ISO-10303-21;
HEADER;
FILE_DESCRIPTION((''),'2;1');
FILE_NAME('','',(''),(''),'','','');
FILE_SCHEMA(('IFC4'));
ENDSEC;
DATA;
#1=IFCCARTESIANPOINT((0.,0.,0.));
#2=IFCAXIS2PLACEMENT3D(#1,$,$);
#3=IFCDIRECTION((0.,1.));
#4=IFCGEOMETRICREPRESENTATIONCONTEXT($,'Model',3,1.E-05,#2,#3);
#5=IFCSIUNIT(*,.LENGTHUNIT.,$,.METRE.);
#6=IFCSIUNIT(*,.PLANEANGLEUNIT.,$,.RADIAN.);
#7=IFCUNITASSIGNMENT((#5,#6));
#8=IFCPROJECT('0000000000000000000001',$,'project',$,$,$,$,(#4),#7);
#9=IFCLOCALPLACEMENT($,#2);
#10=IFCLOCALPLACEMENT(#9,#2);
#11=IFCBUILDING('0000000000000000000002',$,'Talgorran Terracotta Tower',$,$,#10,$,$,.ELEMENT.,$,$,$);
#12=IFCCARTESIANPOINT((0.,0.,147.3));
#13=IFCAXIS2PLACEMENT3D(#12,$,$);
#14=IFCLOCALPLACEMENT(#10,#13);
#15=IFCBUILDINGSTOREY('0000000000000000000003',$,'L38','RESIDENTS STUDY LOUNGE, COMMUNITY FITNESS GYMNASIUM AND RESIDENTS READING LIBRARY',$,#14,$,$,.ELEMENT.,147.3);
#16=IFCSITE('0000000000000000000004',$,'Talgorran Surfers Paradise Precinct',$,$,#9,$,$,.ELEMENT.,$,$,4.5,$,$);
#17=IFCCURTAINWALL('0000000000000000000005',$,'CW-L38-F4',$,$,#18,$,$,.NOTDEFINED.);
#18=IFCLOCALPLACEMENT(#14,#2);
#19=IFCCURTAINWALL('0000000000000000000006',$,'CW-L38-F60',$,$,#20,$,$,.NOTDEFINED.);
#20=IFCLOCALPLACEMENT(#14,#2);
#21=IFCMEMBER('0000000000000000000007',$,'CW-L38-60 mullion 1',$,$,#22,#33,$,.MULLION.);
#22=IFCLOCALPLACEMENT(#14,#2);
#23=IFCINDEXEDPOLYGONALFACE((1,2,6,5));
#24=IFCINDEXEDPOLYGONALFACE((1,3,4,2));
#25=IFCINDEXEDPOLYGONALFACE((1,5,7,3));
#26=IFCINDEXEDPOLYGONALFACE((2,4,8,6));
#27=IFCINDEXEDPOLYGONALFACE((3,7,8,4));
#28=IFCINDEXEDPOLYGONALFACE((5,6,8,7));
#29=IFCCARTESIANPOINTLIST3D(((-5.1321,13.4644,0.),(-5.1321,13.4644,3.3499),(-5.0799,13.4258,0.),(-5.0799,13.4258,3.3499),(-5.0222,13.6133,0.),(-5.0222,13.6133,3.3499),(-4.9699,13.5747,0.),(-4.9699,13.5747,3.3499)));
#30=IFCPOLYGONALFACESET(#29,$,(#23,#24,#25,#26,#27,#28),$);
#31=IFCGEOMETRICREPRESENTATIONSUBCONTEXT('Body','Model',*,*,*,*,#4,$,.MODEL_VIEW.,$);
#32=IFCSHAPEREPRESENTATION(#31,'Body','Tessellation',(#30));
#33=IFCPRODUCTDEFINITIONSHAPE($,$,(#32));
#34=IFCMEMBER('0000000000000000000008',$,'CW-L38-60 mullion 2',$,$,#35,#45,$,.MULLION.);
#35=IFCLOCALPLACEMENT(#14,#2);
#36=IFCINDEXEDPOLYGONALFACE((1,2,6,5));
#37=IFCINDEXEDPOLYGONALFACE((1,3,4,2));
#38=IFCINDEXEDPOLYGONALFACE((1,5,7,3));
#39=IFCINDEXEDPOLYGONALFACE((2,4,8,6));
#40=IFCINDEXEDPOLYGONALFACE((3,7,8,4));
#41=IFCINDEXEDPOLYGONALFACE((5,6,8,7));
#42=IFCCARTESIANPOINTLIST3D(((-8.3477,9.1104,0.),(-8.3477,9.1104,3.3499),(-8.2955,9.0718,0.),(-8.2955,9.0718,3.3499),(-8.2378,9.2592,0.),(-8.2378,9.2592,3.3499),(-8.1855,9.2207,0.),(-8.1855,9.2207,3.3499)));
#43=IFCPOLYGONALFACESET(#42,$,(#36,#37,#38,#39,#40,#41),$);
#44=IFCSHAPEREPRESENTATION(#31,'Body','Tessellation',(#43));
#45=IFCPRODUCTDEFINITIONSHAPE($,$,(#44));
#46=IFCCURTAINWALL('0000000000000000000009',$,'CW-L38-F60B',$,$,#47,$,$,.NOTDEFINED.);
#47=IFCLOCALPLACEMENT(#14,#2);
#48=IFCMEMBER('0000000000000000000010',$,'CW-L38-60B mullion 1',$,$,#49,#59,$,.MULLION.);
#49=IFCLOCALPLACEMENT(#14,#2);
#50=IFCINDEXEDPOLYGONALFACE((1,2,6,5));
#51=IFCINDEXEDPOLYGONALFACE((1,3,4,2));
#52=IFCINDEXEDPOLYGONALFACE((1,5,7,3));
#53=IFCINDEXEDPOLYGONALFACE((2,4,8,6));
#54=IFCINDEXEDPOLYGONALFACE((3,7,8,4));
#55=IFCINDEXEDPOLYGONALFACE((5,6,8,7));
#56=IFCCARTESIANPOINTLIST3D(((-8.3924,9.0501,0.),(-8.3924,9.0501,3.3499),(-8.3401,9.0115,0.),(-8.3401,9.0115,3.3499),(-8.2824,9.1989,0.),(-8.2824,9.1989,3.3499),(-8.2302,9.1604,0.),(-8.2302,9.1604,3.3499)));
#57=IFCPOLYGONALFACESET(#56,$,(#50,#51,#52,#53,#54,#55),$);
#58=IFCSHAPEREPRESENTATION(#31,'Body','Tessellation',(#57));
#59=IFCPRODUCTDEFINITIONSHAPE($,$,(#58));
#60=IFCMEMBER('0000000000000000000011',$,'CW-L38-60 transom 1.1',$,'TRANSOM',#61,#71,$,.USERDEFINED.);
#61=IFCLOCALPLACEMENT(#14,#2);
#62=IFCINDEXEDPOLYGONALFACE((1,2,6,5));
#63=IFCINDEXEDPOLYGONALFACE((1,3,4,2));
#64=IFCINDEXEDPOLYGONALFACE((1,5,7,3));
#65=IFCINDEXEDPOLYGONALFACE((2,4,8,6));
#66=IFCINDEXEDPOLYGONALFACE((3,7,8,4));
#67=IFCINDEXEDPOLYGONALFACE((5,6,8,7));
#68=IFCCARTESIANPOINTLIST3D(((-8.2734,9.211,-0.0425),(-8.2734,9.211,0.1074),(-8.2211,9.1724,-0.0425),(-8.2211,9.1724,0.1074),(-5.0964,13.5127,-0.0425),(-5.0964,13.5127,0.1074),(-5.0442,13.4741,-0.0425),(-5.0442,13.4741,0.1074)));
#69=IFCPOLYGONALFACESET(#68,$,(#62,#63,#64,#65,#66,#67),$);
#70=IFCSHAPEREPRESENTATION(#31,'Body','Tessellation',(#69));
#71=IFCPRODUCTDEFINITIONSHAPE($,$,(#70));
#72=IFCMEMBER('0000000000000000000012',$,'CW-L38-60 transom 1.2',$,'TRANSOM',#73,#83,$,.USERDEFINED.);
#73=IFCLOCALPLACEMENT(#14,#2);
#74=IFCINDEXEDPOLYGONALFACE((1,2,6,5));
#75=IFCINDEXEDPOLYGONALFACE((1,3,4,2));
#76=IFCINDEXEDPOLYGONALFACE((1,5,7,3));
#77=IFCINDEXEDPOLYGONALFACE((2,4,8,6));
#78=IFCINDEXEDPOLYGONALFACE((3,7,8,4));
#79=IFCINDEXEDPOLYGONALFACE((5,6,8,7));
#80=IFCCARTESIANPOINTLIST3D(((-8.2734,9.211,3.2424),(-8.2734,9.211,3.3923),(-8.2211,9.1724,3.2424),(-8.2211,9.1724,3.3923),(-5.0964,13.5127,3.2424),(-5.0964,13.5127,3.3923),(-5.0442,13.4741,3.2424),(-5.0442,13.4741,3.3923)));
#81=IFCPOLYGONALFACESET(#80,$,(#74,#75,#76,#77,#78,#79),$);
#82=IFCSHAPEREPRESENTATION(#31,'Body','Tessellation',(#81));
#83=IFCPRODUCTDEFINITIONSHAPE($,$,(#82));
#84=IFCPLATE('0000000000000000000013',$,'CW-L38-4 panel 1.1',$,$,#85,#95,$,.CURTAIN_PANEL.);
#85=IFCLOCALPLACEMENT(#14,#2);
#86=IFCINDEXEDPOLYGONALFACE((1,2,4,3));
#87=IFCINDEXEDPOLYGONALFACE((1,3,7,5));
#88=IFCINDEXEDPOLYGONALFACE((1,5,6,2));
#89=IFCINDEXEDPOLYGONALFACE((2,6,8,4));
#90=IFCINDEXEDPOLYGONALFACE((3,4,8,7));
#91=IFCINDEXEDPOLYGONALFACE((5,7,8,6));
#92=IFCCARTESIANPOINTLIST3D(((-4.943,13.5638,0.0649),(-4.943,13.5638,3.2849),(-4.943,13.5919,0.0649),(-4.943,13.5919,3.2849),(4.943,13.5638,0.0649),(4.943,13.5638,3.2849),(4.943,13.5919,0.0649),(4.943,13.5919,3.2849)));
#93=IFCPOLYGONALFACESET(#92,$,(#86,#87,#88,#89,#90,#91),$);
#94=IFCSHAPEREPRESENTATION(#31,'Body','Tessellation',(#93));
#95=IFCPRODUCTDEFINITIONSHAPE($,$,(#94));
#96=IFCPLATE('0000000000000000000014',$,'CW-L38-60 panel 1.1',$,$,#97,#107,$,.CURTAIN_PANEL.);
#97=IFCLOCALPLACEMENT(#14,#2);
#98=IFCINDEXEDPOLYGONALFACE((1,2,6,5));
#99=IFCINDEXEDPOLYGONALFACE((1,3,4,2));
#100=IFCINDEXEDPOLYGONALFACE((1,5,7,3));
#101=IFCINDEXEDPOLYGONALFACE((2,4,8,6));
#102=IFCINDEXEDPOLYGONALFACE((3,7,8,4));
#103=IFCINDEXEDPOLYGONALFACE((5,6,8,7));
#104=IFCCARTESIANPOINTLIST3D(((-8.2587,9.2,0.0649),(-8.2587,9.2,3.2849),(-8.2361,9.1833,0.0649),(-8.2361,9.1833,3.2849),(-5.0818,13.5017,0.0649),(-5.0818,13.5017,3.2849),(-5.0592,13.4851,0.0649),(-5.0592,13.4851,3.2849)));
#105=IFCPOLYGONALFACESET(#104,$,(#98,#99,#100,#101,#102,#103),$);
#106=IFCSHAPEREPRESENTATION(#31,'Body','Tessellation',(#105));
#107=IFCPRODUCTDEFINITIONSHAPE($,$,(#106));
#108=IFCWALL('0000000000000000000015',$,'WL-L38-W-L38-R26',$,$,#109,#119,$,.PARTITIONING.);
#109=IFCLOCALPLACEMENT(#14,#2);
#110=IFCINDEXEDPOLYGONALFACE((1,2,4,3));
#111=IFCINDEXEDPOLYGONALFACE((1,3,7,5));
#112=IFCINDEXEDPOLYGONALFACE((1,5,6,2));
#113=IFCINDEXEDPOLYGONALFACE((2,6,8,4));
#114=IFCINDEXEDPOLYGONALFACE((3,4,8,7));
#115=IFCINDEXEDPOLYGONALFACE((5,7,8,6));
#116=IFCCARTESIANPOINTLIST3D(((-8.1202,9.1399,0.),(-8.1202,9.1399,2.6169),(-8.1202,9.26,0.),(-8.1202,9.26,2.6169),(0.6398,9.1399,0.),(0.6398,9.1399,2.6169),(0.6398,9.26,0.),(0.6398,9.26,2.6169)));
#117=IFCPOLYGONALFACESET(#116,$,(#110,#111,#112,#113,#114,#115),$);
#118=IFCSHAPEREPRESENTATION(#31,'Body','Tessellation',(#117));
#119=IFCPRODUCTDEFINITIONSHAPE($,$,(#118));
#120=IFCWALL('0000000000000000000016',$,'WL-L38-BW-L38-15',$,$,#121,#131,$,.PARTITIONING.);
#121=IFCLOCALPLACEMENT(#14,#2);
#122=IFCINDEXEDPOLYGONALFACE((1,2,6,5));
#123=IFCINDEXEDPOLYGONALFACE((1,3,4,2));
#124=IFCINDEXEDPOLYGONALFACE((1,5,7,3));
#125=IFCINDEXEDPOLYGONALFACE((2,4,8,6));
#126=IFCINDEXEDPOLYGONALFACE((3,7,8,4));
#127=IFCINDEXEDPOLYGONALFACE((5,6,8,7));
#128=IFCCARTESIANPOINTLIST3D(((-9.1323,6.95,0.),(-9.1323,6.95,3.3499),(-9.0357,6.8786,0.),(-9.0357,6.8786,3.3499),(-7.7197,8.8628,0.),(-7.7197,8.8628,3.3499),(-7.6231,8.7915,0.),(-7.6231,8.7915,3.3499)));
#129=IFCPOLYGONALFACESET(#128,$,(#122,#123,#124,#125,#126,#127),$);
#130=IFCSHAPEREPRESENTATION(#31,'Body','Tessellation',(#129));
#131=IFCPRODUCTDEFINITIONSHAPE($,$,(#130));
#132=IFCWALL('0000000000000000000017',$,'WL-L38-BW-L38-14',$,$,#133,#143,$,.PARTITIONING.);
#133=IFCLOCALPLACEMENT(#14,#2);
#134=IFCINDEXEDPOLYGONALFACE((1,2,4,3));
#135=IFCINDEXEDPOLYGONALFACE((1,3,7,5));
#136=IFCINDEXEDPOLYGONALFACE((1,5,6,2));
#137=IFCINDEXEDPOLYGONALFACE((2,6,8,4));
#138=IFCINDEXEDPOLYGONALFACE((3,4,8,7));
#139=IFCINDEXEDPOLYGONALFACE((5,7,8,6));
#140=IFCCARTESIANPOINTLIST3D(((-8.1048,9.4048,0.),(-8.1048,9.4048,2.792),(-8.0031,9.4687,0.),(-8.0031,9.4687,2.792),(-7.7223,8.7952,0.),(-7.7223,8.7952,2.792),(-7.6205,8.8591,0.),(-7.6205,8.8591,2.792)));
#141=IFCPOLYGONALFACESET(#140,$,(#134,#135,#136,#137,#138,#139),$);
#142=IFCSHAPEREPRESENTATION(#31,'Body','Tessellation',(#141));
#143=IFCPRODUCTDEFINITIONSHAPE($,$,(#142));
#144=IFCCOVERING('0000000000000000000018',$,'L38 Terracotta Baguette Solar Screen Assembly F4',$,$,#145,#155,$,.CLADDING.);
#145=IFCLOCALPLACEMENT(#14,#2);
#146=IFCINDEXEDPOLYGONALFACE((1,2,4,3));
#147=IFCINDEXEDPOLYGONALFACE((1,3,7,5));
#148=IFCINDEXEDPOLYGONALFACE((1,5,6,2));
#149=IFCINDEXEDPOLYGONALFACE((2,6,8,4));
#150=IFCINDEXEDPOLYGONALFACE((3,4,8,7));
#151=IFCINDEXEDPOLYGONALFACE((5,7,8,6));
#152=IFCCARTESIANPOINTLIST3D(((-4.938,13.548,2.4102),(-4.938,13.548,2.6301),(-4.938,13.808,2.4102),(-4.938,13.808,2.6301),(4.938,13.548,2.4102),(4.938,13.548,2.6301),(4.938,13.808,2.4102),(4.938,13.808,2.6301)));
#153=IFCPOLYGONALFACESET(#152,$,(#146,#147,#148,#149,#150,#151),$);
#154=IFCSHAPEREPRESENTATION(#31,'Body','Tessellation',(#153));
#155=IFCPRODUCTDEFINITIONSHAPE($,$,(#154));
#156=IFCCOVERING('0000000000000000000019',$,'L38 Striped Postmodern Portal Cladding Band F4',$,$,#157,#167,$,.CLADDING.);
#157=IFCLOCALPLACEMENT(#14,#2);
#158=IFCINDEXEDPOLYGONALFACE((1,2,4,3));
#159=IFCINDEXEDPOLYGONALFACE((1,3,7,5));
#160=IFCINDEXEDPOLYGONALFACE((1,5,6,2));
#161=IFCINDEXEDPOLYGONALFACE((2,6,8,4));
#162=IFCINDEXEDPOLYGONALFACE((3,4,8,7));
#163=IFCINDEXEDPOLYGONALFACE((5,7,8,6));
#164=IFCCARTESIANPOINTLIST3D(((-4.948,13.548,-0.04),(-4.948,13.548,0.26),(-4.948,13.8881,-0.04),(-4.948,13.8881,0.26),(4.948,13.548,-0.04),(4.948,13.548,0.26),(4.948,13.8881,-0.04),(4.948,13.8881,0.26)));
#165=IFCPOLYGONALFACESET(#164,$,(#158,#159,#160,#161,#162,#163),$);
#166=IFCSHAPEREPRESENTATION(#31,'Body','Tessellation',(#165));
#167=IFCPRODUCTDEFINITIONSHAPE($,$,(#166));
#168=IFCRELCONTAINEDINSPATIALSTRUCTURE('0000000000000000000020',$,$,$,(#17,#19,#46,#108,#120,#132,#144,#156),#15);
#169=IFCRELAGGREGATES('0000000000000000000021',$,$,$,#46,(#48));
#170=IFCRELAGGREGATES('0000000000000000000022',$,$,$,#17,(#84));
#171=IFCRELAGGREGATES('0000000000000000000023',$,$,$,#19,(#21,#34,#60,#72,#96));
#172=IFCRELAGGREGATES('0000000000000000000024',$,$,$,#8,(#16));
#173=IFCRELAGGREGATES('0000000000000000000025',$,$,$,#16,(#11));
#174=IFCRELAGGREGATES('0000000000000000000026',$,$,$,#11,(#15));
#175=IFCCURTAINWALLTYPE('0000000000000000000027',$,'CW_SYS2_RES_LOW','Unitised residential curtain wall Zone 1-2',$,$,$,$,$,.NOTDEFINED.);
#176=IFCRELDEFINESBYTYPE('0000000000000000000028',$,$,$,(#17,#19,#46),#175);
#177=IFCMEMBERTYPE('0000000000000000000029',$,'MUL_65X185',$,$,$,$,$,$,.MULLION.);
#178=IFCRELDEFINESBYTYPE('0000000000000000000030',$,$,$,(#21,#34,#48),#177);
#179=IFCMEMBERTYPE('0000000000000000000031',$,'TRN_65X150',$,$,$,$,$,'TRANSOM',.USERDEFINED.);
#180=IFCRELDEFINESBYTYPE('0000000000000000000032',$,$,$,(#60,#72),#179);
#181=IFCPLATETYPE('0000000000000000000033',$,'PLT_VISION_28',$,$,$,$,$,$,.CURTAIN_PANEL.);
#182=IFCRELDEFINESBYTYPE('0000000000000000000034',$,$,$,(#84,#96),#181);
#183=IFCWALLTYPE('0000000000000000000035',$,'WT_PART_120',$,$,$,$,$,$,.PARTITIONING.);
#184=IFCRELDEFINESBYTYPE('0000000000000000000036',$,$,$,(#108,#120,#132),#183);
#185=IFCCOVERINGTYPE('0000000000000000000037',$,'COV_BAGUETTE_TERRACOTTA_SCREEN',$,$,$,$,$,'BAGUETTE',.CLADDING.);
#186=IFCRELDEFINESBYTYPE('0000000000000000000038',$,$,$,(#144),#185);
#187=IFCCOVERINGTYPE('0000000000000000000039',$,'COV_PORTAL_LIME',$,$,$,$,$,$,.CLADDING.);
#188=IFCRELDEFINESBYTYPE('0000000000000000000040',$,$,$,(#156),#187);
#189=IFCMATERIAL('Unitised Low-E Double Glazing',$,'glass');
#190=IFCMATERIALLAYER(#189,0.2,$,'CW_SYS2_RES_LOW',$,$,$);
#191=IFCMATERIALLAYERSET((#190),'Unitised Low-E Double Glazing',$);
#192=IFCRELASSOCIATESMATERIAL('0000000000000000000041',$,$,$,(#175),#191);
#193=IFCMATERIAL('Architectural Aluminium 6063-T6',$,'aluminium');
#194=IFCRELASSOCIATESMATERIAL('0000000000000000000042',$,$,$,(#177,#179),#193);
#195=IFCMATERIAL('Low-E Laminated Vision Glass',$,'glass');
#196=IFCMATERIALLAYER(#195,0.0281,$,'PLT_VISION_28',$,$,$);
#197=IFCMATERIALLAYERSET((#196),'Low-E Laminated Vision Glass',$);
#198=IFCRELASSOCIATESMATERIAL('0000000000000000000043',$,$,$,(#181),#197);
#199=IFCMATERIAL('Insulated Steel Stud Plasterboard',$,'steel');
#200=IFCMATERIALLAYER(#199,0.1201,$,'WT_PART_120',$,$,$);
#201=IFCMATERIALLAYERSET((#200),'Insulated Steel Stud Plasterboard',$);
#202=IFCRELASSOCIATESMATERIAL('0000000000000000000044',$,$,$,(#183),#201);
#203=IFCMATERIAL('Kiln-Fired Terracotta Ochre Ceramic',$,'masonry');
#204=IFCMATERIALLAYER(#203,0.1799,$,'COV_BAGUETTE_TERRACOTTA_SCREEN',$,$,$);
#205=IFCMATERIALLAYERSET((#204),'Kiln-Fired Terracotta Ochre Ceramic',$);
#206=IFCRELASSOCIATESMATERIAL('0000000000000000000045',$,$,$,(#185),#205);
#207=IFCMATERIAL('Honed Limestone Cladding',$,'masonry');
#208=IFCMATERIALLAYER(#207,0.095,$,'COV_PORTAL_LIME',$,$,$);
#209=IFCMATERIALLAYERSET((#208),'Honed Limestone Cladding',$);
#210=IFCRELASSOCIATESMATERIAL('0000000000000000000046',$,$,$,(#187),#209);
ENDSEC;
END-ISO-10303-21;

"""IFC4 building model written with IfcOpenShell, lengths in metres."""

from ifc_helpers import new_model, si_unit, direction, frame, frame_2d, origin, origin_2d, place, context, subcontext, project, spatial, rectangle, extrude, source, transform, mapped, material, layer, layer_set, material_profile, profile_set, type_object, type_shapes, element, aggregate, save


model = new_model("IFC4")

# Units and contexts
model_context = context("Model", 3, precision=1e-05, world=origin(), true_north=direction((0.0, 1.0)))
body_context = subcontext(model_context, "Body", "Model", "MODEL_VIEW")
ifc_project = project(units=[si_unit("LENGTHUNIT", "METRE"), si_unit("PLANEANGLEUNIT", "RADIAN")], contexts=[model_context])

# Site, building, storey
site_placement = place(None, origin())
site = spatial("IfcSite", under=ifc_project, at=site_placement, Name="Talgorran Surfers Paradise Precinct", CompositionType="ELEMENT", RefElevation=4.5)
building_placement = place(site_placement, origin())
building = spatial("IfcBuilding", under=site, at=building_placement, Name="Talgorran Terracotta Tower", CompositionType="ELEMENT")
storey_placement = place(building_placement, frame((0.0, 0.0, 147.3)))
storey = spatial("IfcBuildingStorey", under=building, at=storey_placement, Name="L38", Description="RESIDENTS STUDY LOUNGE, COMMUNITY FITNESS GYMNASIUM AND RESIDENTS READING LIBRARY", CompositionType="ELEMENT", Elevation=147.3)

# Curtain wall
ifc_material_1 = material(Name="Unitised Low-E Double Glazing", Category="glass")
ifc_layer_1 = layer(ifc_material_1, 0.2, Name="CW_SYS2_RES_LOW")
ifc_layer_set_1 = layer_set([ifc_layer_1], Name="Unitised Low-E Double Glazing")
curtain_wall_type = type_object("IfcCurtainWallType", Name="CW_SYS2_RES_LOW", Description="Unitised residential curtain wall Zone 1-2", PredefinedType="NOTDEFINED", material=ifc_layer_set_1)
curtain_wall_1_placement = place(storey_placement, origin())
curtain_wall_1 = element("IfcCurtainWall", 1, at=curtain_wall_1_placement, inside=storey, type_object=curtain_wall_type, Name="CW-L38-F4", PredefinedType="NOTDEFINED")
ifc_material_2 = material(Name="Architectural Aluminium 6063-T6", Category="aluminium")
ifc_material_profile_1 = material_profile(ifc_material_2, rectangle(XDim=0.0649, YDim=0.1851, at=origin_2d()), Name="CWM65X185")
ifc_profile_set_1 = profile_set([ifc_material_profile_1], Name="Architectural Aluminium 6063-T6")
member_type_1 = type_object("IfcMemberType", Name="MUL_65X185", PredefinedType="MULLION", material=ifc_profile_set_1)

# Curtain wall, members
curtain_wall_2_placement = place(storey_placement, origin())
curtain_wall_2 = element("IfcCurtainWall", 2, at=curtain_wall_2_placement, inside=storey, type_object=curtain_wall_type, Name="CW-L38-F60", PredefinedType="NOTDEFINED")
member_1_placement = place(storey_placement, frame((-5.051, 13.5195, 0.0), z_axis=(0.0, 0.0, 1.0), x_axis=(0.804414, -0.594069, 0.0)))
member_1 = element("IfcMember", 3, at=member_1_placement, type_object=member_type_1, Name="CW-L38-60 mullion 1", PredefinedType="MULLION", context=body_context, shape_type="SweptSolid", body=[
    extrude(rectangle(XDim=0.0649, YDim=0.1851, at=origin_2d()), origin(), (0.0, 0.0, 1.0), 3.3499),
])
member_2_placement = place(storey_placement, frame((-8.2666, 9.1655, 0.0), z_axis=(0.0, 0.0, 1.0), x_axis=(0.804414, -0.594069, 0.0)))
member_2 = element("IfcMember", 4, at=member_2_placement, type_object=member_type_1, Name="CW-L38-60 mullion 2", PredefinedType="MULLION", context=body_context, shape_type="SweptSolid", body=[
    extrude(rectangle(XDim=0.0649, YDim=0.1851, at=origin_2d()), origin(), (0.0, 0.0, 1.0), 3.3499),
])

# Curtain wall, member
curtain_wall_3_placement = place(storey_placement, origin())
curtain_wall_3 = element("IfcCurtainWall", 5, at=curtain_wall_3_placement, inside=storey, type_object=curtain_wall_type, Name="CW-L38-F60B", PredefinedType="NOTDEFINED")
member_3_placement = place(storey_placement, frame((-8.3113, 9.1052, 0.0), z_axis=(0.0, 0.0, 1.0), x_axis=(0.804439, -0.594035, 0.0)))
member_3 = element("IfcMember", 6, at=member_3_placement, type_object=member_type_1, Name="CW-L38-60B mullion 1", PredefinedType="MULLION", context=body_context, shape_type="SweptSolid", body=[
    extrude(rectangle(XDim=0.0649, YDim=0.1851, at=origin_2d()), origin(), (0.0, 0.0, 1.0), 3.3499),
])
aggregate(curtain_wall_3, [member_3])

# Members
ifc_material_profile_2 = material_profile(ifc_material_2, rectangle(XDim=0.0649, YDim=0.1499, at=origin_2d()), Name="CWT65X150")
ifc_profile_set_2 = profile_set([ifc_material_profile_2], Name="Architectural Aluminium 6063-T6")
member_type_2 = type_object("IfcMemberType", Name="TRN_65X150", ElementType="TRANSOM", PredefinedType="USERDEFINED", material=ifc_profile_set_2)
member_4_placement = place(storey_placement, frame((-5.0703, 13.4934, 0.0325), z_axis=(-0.594082, -0.804405, 0.0), x_axis=(0.804405, -0.594082, 0.0)))
member_4 = element("IfcMember", 7, at=member_4_placement, type_object=member_type_2, Name="CW-L38-60 transom 1.1", ObjectType="TRANSOM", PredefinedType="USERDEFINED", context=body_context, shape_type="SweptSolid", body=[
    extrude(rectangle(XDim=0.0649, YDim=0.1499, at=origin_2d()), origin(), (0.0, 0.0, 1.0), 5.3477),
])
member_5_placement = place(storey_placement, frame((-5.0703, 13.4934, 3.3174), z_axis=(-0.594082, -0.804405, 0.0), x_axis=(0.804405, -0.594082, 0.0)))
member_5 = element("IfcMember", 8, at=member_5_placement, type_object=member_type_2, Name="CW-L38-60 transom 1.2", ObjectType="TRANSOM", PredefinedType="USERDEFINED", context=body_context, shape_type="SweptSolid", body=[
    extrude(rectangle(XDim=0.0649, YDim=0.1499, at=origin_2d()), origin(), (0.0, 0.0, 1.0), 5.3477),
])

# Plates
ifc_material_3 = material(Name="Low-E Laminated Vision Glass", Category="glass")
ifc_layer_2 = layer(ifc_material_3, 0.0281, Name="PLT_VISION_28")
ifc_layer_set_2 = layer_set([ifc_layer_2], Name="Low-E Laminated Vision Glass")
plate_type = type_object("IfcPlateType", Name="PLT_VISION_28", PredefinedType="CURTAIN_PANEL", material=ifc_layer_set_2)
shared_shape_1 = source(origin(), body_context, "Body", "SweptSolid", [
    extrude(rectangle(XDim=9.886, YDim=0.0281, at=origin_2d()), origin(), (0.0, 0.0, 1.0), 3.22),
])
plate_1_placement = place(storey_placement, frame((0.0, 13.5779, 0.0649), z_axis=(0.0, 0.0, 1.0), x_axis=(-1.0, 0.0, 0.0)))
plate_1 = element("IfcPlate", 9, at=plate_1_placement, type_object=plate_type, Name="CW-L38-4 panel 1.1", PredefinedType="CURTAIN_PANEL", context=body_context, shape_type="MappedRepresentation", body=[
    mapped(shared_shape_1, transform((0.0, 0.0, 0.0), scale=1.0)),
])
aggregate(curtain_wall_1, [plate_1])
shared_shape_2 = source(origin(), body_context, "Body", "SweptSolid", [
    extrude(rectangle(XDim=5.3477, YDim=0.0281, at=origin_2d()), origin(), (0.0, 0.0, 1.0), 3.22),
])
type_shapes(plate_type, [shared_shape_1, shared_shape_2])
plate_2_placement = place(storey_placement, frame((-6.6589, 11.3425, 0.0649), z_axis=(0.0, 0.0, 1.0), x_axis=(-0.594069, -0.804414, 0.0)))
plate_2 = element("IfcPlate", 10, at=plate_2_placement, type_object=plate_type, Name="CW-L38-60 panel 1.1", PredefinedType="CURTAIN_PANEL", context=body_context, shape_type="MappedRepresentation", body=[
    mapped(shared_shape_2, transform((0.0, 0.0, 0.0), scale=1.0)),
])
aggregate(curtain_wall_2, [member_1, member_2, member_4, member_5, plate_2])

# Walls
ifc_material_4 = material(Name="Insulated Steel Stud Plasterboard", Category="steel")
ifc_layer_3 = layer(ifc_material_4, 0.1201, Name="WT_PART_120")
ifc_layer_set_3 = layer_set([ifc_layer_3], Name="Insulated Steel Stud Plasterboard")
wall_type = type_object("IfcWallType", Name="WT_PART_120", PredefinedType="PARTITIONING", material=ifc_layer_set_3)
wall_1_placement = place(storey_placement, frame((-8.1201, 9.2, 0.0), z_axis=(0.0, 0.0, 1.0), x_axis=(1.0, 0.0, 0.0)))
element("IfcWall", 11, at=wall_1_placement, inside=storey, type_object=wall_type, Name="WL-L38-W-L38-R26", PredefinedType="PARTITIONING", context=body_context, shape_type="SweptSolid", body=[
    extrude(rectangle(XDim=8.76, YDim=0.1201, at=frame_2d((4.3799, 0.0))), origin(), (0.0, 0.0, 1.0), 2.6169),
])
wall_2_placement = place(storey_placement, frame((-7.6714, 8.8271, 0.0), z_axis=(0.0, 0.0, 1.0), x_axis=(-0.594053, -0.804426, 0.0)))
element("IfcWall", 12, at=wall_2_placement, inside=storey, type_object=wall_type, Name="WL-L38-BW-L38-15", PredefinedType="PARTITIONING", context=body_context, shape_type="SweptSolid", body=[
    extrude(rectangle(XDim=2.3779, YDim=0.1201, at=frame_2d((1.189, 0.0))), origin(), (0.0, 0.0, 1.0), 3.3499),
])
wall_3_placement = place(storey_placement, frame((-8.054, 9.4368, 0.0), z_axis=(0.0, 0.0, 1.0), x_axis=(0.531553, -0.847025, 0.0)))
element("IfcWall", 13, at=wall_3_placement, inside=storey, type_object=wall_type, Name="WL-L38-BW-L38-14", PredefinedType="PARTITIONING", context=body_context, shape_type="SweptSolid", body=[
    extrude(rectangle(XDim=0.7197, YDim=0.1201, at=frame_2d((0.3599, 0.0))), origin(), (0.0, 0.0, 1.0), 2.792),
])

# Coverings
ifc_material_5 = material(Name="Kiln-Fired Terracotta Ochre Ceramic", Category="masonry")
ifc_layer_4 = layer(ifc_material_5, 0.1799, Name="COV_BAGUETTE_TERRACOTTA_SCREEN")
ifc_layer_set_4 = layer_set([ifc_layer_4], Name="Kiln-Fired Terracotta Ochre Ceramic")
covering_type_1 = type_object("IfcCoveringType", Name="COV_BAGUETTE_TERRACOTTA_SCREEN", ElementType="BAGUETTE", PredefinedType="CLADDING", material=ifc_layer_set_4)
covering_1_placement = place(storey_placement, frame((0.0, 13.678, 2.4102), z_axis=(0.0, 0.0, 1.0), x_axis=(-1.0, 0.0, 0.0)))
element("IfcCovering", 14, at=covering_1_placement, inside=storey, type_object=covering_type_1, Name="L38 Terracotta Baguette Solar Screen Assembly F4", PredefinedType="CLADDING", context=body_context, shape_type="SweptSolid", body=[
    extrude(rectangle(XDim=9.876, YDim=0.26, at=origin_2d()), origin(), (0.0, 0.0, 1.0), 0.22),
])
ifc_material_6 = material(Name="Honed Limestone Cladding", Category="masonry")
ifc_layer_5 = layer(ifc_material_6, 0.095, Name="COV_PORTAL_LIME")
ifc_layer_set_5 = layer_set([ifc_layer_5], Name="Honed Limestone Cladding")
covering_type_2 = type_object("IfcCoveringType", Name="COV_PORTAL_LIME", PredefinedType="CLADDING", material=ifc_layer_set_5)
covering_2_placement = place(storey_placement, frame((0.0, 13.718, -0.04), z_axis=(0.0, 0.0, 1.0), x_axis=(-1.0, 0.0, 0.0)))
element("IfcCovering", 15, at=covering_2_placement, inside=storey, type_object=covering_type_2, Name="L38 Striped Postmodern Portal Cladding Band F4", PredefinedType="CLADDING", context=body_context, shape_type="SweptSolid", body=[
    extrude(rectangle(XDim=9.896, YDim=0.3401, at=origin_2d()), origin(), (0.0, 0.0, 1.0), 0.3),
])

save(model, "model.ifc")
